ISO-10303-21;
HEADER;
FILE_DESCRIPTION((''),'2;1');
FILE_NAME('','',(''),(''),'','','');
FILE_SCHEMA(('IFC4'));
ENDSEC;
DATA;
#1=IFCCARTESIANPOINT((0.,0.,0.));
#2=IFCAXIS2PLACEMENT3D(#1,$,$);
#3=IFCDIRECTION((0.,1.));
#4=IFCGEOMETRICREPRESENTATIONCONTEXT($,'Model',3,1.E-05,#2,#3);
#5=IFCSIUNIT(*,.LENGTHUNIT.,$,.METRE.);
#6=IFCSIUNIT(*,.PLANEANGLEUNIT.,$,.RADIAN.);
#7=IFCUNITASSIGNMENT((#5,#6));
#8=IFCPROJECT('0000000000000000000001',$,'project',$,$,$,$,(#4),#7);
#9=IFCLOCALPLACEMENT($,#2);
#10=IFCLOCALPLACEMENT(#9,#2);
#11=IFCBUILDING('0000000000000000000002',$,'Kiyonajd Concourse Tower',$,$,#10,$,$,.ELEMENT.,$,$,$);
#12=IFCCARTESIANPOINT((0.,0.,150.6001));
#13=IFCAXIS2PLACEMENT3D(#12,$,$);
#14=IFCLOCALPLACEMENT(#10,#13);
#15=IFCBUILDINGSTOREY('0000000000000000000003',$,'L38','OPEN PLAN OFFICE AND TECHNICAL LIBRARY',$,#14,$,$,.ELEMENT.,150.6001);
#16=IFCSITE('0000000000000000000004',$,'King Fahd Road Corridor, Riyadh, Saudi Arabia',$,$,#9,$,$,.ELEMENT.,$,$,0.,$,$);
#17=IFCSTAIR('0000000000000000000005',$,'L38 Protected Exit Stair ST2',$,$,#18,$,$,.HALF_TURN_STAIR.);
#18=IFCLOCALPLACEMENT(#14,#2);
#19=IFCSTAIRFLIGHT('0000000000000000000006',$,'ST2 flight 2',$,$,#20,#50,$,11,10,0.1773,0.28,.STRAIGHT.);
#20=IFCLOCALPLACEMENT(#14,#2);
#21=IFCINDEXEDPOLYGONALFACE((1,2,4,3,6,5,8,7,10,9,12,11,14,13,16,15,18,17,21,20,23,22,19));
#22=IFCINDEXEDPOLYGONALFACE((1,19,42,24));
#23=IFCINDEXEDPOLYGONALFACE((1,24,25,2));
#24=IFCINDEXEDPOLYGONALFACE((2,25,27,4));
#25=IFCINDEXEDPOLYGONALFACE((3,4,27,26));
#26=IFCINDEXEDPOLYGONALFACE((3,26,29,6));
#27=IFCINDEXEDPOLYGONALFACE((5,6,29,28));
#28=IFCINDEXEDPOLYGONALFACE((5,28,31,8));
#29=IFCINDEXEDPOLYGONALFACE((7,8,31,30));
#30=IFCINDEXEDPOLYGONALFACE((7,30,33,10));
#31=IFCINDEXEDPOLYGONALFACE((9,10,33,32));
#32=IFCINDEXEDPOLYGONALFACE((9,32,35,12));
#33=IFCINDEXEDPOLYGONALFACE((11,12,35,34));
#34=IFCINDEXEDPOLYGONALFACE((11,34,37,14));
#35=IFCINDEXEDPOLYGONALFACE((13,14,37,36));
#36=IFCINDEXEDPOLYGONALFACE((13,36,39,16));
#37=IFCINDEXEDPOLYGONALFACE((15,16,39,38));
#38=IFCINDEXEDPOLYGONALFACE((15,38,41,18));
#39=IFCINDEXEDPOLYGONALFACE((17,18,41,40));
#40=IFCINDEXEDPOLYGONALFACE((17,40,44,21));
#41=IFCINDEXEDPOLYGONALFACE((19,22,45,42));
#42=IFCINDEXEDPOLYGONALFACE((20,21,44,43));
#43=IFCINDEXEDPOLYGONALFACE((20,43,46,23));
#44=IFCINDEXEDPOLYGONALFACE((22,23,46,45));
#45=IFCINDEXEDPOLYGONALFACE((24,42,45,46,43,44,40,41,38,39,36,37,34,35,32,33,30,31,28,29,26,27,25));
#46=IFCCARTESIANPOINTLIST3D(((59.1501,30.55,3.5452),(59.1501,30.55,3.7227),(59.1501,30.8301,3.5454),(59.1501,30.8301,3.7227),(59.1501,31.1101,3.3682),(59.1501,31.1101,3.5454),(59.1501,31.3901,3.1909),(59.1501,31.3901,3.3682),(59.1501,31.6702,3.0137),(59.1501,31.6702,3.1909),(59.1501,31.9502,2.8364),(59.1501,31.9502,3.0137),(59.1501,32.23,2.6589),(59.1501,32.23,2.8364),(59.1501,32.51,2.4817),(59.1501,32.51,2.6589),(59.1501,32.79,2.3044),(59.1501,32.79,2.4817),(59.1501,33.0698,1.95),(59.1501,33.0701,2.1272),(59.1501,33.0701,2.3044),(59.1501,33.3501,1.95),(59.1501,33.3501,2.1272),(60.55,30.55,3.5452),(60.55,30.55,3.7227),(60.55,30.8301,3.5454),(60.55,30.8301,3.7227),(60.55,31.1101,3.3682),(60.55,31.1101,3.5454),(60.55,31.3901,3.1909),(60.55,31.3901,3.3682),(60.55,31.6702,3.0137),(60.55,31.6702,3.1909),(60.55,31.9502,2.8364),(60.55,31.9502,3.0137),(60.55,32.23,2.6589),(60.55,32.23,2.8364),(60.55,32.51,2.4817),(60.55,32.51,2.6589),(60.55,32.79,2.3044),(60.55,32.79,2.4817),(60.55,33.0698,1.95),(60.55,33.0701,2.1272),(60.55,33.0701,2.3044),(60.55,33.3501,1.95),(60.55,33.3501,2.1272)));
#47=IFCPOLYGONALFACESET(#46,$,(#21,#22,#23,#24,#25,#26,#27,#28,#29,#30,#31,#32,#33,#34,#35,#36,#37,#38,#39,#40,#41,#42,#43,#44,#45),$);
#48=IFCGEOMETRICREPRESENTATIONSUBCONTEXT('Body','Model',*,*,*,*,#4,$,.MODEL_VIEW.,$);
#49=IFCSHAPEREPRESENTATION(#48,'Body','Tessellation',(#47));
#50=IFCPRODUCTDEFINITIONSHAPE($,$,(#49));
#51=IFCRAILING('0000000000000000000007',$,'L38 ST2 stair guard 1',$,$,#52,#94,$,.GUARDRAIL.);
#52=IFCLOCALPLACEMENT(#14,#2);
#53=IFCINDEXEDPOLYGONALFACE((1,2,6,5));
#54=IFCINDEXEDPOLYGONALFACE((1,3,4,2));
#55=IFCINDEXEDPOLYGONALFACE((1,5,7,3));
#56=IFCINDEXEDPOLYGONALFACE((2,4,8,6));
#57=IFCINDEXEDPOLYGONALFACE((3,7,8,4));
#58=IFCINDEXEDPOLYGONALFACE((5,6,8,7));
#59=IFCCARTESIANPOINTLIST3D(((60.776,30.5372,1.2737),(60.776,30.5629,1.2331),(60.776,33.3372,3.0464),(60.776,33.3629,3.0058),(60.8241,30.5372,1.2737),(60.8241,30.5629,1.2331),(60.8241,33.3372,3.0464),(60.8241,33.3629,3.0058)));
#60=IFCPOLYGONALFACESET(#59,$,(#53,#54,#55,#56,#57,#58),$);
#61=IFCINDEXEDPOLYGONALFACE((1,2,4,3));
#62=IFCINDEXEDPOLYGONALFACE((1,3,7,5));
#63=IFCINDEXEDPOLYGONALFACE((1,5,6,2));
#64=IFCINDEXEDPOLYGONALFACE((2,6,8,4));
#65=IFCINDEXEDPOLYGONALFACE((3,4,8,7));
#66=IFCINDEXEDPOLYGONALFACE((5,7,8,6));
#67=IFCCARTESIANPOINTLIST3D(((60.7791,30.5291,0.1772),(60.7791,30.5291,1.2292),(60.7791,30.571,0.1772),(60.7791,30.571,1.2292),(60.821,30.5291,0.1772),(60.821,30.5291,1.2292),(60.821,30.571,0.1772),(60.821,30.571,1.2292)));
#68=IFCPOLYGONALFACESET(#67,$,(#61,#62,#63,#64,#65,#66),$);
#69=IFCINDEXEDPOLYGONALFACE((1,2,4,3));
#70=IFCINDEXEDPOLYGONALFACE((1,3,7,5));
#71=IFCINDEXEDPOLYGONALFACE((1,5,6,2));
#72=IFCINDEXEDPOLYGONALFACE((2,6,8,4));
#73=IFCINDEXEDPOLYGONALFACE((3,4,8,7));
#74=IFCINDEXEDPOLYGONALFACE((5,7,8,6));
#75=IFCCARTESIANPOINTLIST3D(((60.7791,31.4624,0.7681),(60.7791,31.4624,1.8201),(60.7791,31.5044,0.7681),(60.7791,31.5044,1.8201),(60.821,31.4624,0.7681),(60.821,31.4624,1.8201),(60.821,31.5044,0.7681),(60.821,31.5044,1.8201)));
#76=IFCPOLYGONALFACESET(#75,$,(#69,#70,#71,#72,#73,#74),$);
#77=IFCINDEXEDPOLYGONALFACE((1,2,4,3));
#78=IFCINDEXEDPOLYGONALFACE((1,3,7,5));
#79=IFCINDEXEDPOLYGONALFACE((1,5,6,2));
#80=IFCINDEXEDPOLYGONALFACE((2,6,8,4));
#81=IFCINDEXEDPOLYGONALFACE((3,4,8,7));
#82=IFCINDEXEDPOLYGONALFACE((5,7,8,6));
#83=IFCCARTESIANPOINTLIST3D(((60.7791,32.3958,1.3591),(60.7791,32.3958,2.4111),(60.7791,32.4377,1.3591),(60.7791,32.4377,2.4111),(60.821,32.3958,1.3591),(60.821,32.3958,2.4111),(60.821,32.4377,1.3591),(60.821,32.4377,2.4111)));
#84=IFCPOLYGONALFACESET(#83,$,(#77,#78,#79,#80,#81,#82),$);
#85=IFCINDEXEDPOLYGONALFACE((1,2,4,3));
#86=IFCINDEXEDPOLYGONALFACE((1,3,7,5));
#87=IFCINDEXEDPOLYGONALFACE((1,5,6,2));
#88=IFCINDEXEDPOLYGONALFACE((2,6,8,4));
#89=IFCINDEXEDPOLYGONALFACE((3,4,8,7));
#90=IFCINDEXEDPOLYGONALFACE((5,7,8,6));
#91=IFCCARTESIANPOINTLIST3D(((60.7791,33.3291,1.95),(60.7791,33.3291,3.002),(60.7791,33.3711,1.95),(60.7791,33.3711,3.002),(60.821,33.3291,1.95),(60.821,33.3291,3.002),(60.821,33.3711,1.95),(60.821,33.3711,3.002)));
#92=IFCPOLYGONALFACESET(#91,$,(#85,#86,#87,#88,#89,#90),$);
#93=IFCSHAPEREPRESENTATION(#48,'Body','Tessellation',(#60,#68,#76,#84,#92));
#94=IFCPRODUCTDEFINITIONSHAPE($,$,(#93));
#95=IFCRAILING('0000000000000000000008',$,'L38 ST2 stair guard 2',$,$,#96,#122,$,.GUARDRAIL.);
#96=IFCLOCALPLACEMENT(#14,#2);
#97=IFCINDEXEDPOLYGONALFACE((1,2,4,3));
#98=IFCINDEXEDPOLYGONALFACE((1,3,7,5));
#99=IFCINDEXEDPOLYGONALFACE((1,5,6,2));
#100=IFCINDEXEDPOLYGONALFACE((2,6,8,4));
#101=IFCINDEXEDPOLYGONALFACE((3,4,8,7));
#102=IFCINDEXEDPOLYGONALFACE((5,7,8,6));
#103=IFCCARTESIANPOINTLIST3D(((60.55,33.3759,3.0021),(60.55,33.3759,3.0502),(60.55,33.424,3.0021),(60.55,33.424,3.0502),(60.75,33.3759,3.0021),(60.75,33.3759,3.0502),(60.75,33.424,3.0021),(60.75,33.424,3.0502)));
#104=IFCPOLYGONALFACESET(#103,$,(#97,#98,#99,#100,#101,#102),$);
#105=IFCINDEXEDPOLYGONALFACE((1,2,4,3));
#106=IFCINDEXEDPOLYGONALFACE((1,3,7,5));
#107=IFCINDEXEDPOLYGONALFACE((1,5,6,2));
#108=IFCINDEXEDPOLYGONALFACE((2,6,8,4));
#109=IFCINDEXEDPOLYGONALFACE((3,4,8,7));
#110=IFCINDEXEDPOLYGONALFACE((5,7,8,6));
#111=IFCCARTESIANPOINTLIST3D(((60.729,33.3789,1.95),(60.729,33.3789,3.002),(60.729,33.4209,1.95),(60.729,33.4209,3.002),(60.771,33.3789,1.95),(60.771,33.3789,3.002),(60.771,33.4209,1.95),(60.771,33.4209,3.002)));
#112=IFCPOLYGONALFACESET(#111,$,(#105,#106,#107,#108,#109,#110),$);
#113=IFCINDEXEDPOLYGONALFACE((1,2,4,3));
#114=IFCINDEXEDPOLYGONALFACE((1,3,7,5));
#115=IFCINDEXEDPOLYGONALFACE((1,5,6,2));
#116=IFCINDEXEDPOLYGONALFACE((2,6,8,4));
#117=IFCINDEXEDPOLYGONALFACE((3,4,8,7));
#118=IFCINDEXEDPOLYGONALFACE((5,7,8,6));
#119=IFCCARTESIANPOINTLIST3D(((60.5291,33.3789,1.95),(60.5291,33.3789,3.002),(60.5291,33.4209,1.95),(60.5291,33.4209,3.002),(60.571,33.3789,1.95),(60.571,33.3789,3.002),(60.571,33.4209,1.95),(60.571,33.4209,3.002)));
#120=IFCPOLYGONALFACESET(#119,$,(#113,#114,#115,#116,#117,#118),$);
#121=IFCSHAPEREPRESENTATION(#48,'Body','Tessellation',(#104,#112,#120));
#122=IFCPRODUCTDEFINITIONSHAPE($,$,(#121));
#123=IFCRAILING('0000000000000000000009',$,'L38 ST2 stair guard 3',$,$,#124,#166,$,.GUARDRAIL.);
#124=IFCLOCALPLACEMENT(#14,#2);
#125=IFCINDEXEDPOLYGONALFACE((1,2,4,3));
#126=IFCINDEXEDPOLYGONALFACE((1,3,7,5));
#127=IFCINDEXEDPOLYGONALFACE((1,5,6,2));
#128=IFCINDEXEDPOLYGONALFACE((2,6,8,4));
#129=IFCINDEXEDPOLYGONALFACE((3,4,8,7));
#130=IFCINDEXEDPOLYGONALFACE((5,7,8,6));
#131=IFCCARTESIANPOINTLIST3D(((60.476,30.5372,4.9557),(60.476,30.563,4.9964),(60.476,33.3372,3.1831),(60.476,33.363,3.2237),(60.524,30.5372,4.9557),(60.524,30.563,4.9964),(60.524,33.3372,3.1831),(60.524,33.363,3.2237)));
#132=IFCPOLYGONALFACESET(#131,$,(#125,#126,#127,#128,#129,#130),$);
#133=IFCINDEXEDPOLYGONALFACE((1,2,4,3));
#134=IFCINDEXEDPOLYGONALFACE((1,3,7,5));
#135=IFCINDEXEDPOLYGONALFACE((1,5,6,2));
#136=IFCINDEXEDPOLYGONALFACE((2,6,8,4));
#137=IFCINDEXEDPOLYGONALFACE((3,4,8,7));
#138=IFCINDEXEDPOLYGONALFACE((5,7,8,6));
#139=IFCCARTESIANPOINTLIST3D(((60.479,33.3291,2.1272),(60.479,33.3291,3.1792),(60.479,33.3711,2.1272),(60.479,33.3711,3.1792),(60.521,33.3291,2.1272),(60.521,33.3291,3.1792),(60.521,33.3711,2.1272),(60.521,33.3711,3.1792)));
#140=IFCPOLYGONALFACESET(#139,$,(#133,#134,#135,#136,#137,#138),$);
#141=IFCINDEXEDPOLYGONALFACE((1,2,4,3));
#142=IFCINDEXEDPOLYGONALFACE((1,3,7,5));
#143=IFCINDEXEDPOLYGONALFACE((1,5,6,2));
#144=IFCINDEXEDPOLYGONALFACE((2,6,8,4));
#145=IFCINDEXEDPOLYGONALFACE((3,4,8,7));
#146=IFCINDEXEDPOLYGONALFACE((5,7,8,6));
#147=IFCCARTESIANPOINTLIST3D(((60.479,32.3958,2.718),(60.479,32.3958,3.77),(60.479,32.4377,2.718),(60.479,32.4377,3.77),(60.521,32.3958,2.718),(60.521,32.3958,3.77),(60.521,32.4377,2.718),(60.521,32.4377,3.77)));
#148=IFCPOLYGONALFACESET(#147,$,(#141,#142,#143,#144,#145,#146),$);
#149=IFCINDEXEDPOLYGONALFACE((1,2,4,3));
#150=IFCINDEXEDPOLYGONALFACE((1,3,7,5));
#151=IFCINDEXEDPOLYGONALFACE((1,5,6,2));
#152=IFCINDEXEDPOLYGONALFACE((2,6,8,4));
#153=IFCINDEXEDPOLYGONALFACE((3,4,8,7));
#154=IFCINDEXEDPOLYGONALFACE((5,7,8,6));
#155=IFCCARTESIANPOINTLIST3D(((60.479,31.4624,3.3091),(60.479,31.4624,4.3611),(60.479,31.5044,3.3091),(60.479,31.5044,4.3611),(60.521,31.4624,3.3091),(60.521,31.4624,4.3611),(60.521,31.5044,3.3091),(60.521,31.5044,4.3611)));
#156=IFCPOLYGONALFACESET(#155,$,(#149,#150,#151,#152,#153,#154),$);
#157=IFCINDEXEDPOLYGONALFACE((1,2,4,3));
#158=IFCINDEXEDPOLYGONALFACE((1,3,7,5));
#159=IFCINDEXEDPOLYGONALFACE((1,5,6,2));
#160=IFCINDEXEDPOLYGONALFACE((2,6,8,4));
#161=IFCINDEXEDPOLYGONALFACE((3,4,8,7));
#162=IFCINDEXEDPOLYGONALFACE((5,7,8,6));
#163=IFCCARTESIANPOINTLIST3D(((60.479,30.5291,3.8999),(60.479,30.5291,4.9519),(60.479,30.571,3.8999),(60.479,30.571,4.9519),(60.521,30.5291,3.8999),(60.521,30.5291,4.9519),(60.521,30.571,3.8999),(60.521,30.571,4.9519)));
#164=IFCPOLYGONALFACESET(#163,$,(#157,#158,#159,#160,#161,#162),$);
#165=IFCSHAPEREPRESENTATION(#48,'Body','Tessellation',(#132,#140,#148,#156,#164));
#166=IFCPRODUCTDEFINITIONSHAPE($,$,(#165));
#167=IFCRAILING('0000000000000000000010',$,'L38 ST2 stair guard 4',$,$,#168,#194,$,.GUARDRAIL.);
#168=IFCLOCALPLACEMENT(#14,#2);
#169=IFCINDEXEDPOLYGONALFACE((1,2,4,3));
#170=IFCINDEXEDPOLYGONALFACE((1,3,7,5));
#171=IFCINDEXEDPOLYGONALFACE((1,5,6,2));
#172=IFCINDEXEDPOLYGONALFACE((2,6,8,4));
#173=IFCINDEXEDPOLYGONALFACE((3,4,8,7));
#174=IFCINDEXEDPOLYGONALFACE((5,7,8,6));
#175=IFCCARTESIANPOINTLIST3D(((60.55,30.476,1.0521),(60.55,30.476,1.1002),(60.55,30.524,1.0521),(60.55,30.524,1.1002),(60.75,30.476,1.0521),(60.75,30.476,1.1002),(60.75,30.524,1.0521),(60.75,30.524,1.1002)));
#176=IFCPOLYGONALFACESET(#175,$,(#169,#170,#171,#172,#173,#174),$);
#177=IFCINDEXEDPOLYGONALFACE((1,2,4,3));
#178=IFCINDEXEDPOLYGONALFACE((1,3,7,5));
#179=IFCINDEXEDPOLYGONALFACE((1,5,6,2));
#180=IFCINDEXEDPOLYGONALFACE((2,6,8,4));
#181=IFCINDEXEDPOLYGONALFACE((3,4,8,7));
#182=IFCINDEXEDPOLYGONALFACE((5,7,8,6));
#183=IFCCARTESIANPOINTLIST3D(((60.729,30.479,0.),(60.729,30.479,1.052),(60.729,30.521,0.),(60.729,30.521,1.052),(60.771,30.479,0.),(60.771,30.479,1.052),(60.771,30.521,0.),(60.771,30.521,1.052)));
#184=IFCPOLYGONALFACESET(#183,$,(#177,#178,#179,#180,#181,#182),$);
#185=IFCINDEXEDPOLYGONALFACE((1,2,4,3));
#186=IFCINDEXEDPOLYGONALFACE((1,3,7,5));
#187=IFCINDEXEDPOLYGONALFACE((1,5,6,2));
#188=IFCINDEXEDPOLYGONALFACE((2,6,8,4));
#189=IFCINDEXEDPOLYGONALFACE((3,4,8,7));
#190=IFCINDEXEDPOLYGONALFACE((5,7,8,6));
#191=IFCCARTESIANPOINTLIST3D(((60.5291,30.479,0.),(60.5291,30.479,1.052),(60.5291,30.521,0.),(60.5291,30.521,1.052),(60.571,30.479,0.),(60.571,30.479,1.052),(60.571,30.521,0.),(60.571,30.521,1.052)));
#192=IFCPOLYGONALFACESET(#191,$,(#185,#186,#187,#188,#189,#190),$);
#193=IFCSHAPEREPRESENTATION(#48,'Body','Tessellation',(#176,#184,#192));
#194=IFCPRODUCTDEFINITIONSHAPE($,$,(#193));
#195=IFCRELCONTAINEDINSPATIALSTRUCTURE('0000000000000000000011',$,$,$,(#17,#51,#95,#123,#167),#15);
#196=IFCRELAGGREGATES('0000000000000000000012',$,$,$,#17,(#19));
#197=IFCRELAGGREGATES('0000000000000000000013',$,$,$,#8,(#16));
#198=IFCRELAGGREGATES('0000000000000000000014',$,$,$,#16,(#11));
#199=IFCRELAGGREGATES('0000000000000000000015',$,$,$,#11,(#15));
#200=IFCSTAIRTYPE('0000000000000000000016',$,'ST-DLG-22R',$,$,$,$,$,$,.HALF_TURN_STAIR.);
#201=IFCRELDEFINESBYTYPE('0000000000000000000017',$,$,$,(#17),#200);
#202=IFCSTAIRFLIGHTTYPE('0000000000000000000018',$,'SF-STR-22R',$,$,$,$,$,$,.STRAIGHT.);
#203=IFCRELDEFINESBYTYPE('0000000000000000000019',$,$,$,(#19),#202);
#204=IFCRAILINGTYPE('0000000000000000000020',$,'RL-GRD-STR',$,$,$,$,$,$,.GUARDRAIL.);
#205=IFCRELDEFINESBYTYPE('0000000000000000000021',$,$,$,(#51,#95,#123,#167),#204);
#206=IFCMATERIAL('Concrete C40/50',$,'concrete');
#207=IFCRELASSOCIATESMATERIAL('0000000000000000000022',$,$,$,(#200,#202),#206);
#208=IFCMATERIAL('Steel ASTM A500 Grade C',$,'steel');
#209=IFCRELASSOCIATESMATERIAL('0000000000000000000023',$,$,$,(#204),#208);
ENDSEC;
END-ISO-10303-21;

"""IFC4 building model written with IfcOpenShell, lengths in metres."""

from ifc_helpers import new_model, si_unit, direction, frame, origin, origin_2d, place, context, subcontext, project, spatial, polyline, rectangle, outline, extrude, material, type_object, element, aggregate, save


model = new_model("IFC4")

# Units and contexts
model_context = context("Model", 3, precision=1e-05, world=origin(), true_north=direction((0.0, 1.0)))
body_context = subcontext(model_context, "Body", "Model", "MODEL_VIEW")
ifc_project = project(units=[si_unit("LENGTHUNIT", "METRE"), si_unit("PLANEANGLEUNIT", "RADIAN")], contexts=[model_context])

# Site, building, storey
site_placement = place(None, origin())
site = spatial("IfcSite", under=ifc_project, at=site_placement, Name="King Fahd Road Corridor, Riyadh, Saudi Arabia", CompositionType="ELEMENT", RefElevation=0.0)
building_placement = place(site_placement, origin())
building = spatial("IfcBuilding", under=site, at=building_placement, Name="Kiyonajd Concourse Tower", CompositionType="ELEMENT")
storey_placement = place(building_placement, frame((0.0, 0.0, 150.6001)))
storey = spatial("IfcBuildingStorey", under=building, at=storey_placement, Name="L38", Description="OPEN PLAN OFFICE AND TECHNICAL LIBRARY", CompositionType="ELEMENT", Elevation=150.6001)

# Stair, stair flight
ifc_material_1 = material(Name="Concrete C40/50", Category="concrete")
stair_type = type_object("IfcStairType", Name="ST-DLG-22R", PredefinedType="HALF_TURN_STAIR", material=ifc_material_1)
stair_placement = place(storey_placement, origin())
stair = element("IfcStair", 1, at=stair_placement, inside=storey, type_object=stair_type, Name="L38 Protected Exit Stair ST2", PredefinedType="HALF_TURN_STAIR")
stair_flight_type = type_object("IfcStairFlightType", Name="SF-STR-22R", PredefinedType="STRAIGHT", material=ifc_material_1)
stair_flight_1_placement = place(storey_placement, frame((59.8501, 33.3501, 1.95), z_axis=(0.0, 0.0, 1.0), x_axis=(0.0, -1.0, 0.0)))
stair_flight_1 = element("IfcStairFlight", 2, at=stair_flight_1_placement, type_object=stair_flight_type, Name="ST2 flight 2", NumberOfRisers=11, NumberOfTreads=10, PredefinedType="STRAIGHT", RiserHeight=0.1773, TreadLength=0.28, context=body_context, shape_type="SweptSolid", body=[
    extrude(outline(polyline([(0.0, 0.0), (0.0, 0.1772), (0.28, 0.1772), (0.28, 0.3545), (0.5601, 0.3545), (0.5601, 0.5317), (0.8401, 0.5317), (0.8401, 0.709), (1.1201, 0.709), (1.1201, 0.8865), (1.3999, 0.8865), (1.3999, 1.0637), (1.6799, 1.0637), (1.6799, 1.241), (1.96, 1.241), (1.96, 1.4182), (2.24, 1.4182), (2.24, 1.5955), (2.52, 1.5955), (2.52, 1.7727), (2.8, 1.7727), (2.8, 1.95), (2.8, 1.5952), (0.2803, 0.0), (0.0, 0.0)])), frame((0.0, 0.7, 0.0), z_axis=(0.0, -1.0, 0.0), x_axis=(1.0, 0.0, 0.0)), (0.0, 0.0, 1.0), 1.3999),
])
aggregate(stair, [stair_flight_1])

# Railings
ifc_material_2 = material(Name="Steel ASTM A500 Grade C", Category="steel")
railing_type_1 = type_object("IfcRailingType", Name="RL-GRD-STR", PredefinedType="GUARDRAIL", material=ifc_material_2)
railing_1_placement = place(storey_placement, frame((60.8, 30.55, 0.1772)))
element("IfcRailing", 3, at=railing_1_placement, inside=storey, type_object=railing_type_1, Name="L38 ST2 stair guard 1", PredefinedType="GUARDRAIL", context=body_context, shape_type="SweptSolid", body=[
    extrude(rectangle(XDim=0.0481, YDim=0.0481, at=origin_2d()), frame((0.0, 0.0, 1.0762), z_axis=(0.0, 0.844909, 0.53491), x_axis=(-1.0, 0.0, 0.0)), (0.0, 0.0, 1.0), 3.314),
    extrude(rectangle(XDim=0.042, YDim=0.042, at=origin_2d()), origin(), (0.0, 0.0, 1.0), 1.052),
    extrude(rectangle(XDim=0.042, YDim=0.042, at=origin_2d()), frame((0.0, 0.9333, 0.5908)), (0.0, 0.0, 1.0), 1.052),
    extrude(rectangle(XDim=0.042, YDim=0.042, at=origin_2d()), frame((0.0, 1.8667, 1.1819)), (0.0, 0.0, 1.0), 1.052),
    extrude(rectangle(XDim=0.042, YDim=0.042, at=origin_2d()), frame((0.0, 2.8, 1.7727)), (0.0, 0.0, 1.0), 1.052),
])
railing_2_placement = place(storey_placement, frame((60.75, 33.3999, 1.95)))
element("IfcRailing", 4, at=railing_2_placement, inside=storey, type_object=railing_type_1, Name="L38 ST2 stair guard 2", PredefinedType="GUARDRAIL", context=body_context, shape_type="SweptSolid", body=[
    extrude(rectangle(XDim=0.0481, YDim=0.0481, at=origin_2d()), frame((0.0, 0.0, 1.0762), z_axis=(-1.0, 0.0, 0.0), x_axis=(0.0, -1.0, 0.0)), (0.0, 0.0, 1.0), 0.2),
    extrude(rectangle(XDim=0.042, YDim=0.042, at=origin_2d()), origin(), (0.0, 0.0, 1.0), 1.052),
    extrude(rectangle(XDim=0.042, YDim=0.042, at=origin_2d()), frame((-0.2, 0.0, 0.0)), (0.0, 0.0, 1.0), 1.052),
])
railing_3_placement = place(storey_placement, frame((60.5, 33.3501, 2.1272)))
element("IfcRailing", 5, at=railing_3_placement, inside=storey, type_object=railing_type_1, Name="L38 ST2 stair guard 3", PredefinedType="GUARDRAIL", context=body_context, shape_type="SweptSolid", body=[
    extrude(rectangle(XDim=0.0481, YDim=0.0481, at=origin_2d()), frame((0.0, 0.0, 1.0762), z_axis=(0.0, -0.844909, 0.53491), x_axis=(1.0, 0.0, 0.0)), (0.0, 0.0, 1.0), 3.314),
    extrude(rectangle(XDim=0.042, YDim=0.042, at=origin_2d()), origin(), (0.0, 0.0, 1.0), 1.052),
    extrude(rectangle(XDim=0.042, YDim=0.042, at=origin_2d()), frame((0.0, -0.9333, 0.5908)), (0.0, 0.0, 1.0), 1.052),
    extrude(rectangle(XDim=0.042, YDim=0.042, at=origin_2d()), frame((0.0, -1.8667, 1.1819)), (0.0, 0.0, 1.0), 1.052),
    extrude(rectangle(XDim=0.042, YDim=0.042, at=origin_2d()), frame((0.0, -2.8, 1.7727)), (0.0, 0.0, 1.0), 1.052),
])
railing_4_placement = place(storey_placement, frame((60.75, 30.5, 0.0)))
element("IfcRailing", 6, at=railing_4_placement, inside=storey, type_object=railing_type_1, Name="L38 ST2 stair guard 4", PredefinedType="GUARDRAIL", context=body_context, shape_type="SweptSolid", body=[
    extrude(rectangle(XDim=0.0481, YDim=0.0481, at=origin_2d()), frame((0.0, 0.0, 1.0762), z_axis=(-1.0, 0.0, 0.0), x_axis=(0.0, -1.0, 0.0)), (0.0, 0.0, 1.0), 0.2),
    extrude(rectangle(XDim=0.042, YDim=0.042, at=origin_2d()), origin(), (0.0, 0.0, 1.0), 1.052),
    extrude(rectangle(XDim=0.042, YDim=0.042, at=origin_2d()), frame((-0.2, 0.0, 0.0)), (0.0, 0.0, 1.0), 1.052),
])

save(model, "model.ifc")
